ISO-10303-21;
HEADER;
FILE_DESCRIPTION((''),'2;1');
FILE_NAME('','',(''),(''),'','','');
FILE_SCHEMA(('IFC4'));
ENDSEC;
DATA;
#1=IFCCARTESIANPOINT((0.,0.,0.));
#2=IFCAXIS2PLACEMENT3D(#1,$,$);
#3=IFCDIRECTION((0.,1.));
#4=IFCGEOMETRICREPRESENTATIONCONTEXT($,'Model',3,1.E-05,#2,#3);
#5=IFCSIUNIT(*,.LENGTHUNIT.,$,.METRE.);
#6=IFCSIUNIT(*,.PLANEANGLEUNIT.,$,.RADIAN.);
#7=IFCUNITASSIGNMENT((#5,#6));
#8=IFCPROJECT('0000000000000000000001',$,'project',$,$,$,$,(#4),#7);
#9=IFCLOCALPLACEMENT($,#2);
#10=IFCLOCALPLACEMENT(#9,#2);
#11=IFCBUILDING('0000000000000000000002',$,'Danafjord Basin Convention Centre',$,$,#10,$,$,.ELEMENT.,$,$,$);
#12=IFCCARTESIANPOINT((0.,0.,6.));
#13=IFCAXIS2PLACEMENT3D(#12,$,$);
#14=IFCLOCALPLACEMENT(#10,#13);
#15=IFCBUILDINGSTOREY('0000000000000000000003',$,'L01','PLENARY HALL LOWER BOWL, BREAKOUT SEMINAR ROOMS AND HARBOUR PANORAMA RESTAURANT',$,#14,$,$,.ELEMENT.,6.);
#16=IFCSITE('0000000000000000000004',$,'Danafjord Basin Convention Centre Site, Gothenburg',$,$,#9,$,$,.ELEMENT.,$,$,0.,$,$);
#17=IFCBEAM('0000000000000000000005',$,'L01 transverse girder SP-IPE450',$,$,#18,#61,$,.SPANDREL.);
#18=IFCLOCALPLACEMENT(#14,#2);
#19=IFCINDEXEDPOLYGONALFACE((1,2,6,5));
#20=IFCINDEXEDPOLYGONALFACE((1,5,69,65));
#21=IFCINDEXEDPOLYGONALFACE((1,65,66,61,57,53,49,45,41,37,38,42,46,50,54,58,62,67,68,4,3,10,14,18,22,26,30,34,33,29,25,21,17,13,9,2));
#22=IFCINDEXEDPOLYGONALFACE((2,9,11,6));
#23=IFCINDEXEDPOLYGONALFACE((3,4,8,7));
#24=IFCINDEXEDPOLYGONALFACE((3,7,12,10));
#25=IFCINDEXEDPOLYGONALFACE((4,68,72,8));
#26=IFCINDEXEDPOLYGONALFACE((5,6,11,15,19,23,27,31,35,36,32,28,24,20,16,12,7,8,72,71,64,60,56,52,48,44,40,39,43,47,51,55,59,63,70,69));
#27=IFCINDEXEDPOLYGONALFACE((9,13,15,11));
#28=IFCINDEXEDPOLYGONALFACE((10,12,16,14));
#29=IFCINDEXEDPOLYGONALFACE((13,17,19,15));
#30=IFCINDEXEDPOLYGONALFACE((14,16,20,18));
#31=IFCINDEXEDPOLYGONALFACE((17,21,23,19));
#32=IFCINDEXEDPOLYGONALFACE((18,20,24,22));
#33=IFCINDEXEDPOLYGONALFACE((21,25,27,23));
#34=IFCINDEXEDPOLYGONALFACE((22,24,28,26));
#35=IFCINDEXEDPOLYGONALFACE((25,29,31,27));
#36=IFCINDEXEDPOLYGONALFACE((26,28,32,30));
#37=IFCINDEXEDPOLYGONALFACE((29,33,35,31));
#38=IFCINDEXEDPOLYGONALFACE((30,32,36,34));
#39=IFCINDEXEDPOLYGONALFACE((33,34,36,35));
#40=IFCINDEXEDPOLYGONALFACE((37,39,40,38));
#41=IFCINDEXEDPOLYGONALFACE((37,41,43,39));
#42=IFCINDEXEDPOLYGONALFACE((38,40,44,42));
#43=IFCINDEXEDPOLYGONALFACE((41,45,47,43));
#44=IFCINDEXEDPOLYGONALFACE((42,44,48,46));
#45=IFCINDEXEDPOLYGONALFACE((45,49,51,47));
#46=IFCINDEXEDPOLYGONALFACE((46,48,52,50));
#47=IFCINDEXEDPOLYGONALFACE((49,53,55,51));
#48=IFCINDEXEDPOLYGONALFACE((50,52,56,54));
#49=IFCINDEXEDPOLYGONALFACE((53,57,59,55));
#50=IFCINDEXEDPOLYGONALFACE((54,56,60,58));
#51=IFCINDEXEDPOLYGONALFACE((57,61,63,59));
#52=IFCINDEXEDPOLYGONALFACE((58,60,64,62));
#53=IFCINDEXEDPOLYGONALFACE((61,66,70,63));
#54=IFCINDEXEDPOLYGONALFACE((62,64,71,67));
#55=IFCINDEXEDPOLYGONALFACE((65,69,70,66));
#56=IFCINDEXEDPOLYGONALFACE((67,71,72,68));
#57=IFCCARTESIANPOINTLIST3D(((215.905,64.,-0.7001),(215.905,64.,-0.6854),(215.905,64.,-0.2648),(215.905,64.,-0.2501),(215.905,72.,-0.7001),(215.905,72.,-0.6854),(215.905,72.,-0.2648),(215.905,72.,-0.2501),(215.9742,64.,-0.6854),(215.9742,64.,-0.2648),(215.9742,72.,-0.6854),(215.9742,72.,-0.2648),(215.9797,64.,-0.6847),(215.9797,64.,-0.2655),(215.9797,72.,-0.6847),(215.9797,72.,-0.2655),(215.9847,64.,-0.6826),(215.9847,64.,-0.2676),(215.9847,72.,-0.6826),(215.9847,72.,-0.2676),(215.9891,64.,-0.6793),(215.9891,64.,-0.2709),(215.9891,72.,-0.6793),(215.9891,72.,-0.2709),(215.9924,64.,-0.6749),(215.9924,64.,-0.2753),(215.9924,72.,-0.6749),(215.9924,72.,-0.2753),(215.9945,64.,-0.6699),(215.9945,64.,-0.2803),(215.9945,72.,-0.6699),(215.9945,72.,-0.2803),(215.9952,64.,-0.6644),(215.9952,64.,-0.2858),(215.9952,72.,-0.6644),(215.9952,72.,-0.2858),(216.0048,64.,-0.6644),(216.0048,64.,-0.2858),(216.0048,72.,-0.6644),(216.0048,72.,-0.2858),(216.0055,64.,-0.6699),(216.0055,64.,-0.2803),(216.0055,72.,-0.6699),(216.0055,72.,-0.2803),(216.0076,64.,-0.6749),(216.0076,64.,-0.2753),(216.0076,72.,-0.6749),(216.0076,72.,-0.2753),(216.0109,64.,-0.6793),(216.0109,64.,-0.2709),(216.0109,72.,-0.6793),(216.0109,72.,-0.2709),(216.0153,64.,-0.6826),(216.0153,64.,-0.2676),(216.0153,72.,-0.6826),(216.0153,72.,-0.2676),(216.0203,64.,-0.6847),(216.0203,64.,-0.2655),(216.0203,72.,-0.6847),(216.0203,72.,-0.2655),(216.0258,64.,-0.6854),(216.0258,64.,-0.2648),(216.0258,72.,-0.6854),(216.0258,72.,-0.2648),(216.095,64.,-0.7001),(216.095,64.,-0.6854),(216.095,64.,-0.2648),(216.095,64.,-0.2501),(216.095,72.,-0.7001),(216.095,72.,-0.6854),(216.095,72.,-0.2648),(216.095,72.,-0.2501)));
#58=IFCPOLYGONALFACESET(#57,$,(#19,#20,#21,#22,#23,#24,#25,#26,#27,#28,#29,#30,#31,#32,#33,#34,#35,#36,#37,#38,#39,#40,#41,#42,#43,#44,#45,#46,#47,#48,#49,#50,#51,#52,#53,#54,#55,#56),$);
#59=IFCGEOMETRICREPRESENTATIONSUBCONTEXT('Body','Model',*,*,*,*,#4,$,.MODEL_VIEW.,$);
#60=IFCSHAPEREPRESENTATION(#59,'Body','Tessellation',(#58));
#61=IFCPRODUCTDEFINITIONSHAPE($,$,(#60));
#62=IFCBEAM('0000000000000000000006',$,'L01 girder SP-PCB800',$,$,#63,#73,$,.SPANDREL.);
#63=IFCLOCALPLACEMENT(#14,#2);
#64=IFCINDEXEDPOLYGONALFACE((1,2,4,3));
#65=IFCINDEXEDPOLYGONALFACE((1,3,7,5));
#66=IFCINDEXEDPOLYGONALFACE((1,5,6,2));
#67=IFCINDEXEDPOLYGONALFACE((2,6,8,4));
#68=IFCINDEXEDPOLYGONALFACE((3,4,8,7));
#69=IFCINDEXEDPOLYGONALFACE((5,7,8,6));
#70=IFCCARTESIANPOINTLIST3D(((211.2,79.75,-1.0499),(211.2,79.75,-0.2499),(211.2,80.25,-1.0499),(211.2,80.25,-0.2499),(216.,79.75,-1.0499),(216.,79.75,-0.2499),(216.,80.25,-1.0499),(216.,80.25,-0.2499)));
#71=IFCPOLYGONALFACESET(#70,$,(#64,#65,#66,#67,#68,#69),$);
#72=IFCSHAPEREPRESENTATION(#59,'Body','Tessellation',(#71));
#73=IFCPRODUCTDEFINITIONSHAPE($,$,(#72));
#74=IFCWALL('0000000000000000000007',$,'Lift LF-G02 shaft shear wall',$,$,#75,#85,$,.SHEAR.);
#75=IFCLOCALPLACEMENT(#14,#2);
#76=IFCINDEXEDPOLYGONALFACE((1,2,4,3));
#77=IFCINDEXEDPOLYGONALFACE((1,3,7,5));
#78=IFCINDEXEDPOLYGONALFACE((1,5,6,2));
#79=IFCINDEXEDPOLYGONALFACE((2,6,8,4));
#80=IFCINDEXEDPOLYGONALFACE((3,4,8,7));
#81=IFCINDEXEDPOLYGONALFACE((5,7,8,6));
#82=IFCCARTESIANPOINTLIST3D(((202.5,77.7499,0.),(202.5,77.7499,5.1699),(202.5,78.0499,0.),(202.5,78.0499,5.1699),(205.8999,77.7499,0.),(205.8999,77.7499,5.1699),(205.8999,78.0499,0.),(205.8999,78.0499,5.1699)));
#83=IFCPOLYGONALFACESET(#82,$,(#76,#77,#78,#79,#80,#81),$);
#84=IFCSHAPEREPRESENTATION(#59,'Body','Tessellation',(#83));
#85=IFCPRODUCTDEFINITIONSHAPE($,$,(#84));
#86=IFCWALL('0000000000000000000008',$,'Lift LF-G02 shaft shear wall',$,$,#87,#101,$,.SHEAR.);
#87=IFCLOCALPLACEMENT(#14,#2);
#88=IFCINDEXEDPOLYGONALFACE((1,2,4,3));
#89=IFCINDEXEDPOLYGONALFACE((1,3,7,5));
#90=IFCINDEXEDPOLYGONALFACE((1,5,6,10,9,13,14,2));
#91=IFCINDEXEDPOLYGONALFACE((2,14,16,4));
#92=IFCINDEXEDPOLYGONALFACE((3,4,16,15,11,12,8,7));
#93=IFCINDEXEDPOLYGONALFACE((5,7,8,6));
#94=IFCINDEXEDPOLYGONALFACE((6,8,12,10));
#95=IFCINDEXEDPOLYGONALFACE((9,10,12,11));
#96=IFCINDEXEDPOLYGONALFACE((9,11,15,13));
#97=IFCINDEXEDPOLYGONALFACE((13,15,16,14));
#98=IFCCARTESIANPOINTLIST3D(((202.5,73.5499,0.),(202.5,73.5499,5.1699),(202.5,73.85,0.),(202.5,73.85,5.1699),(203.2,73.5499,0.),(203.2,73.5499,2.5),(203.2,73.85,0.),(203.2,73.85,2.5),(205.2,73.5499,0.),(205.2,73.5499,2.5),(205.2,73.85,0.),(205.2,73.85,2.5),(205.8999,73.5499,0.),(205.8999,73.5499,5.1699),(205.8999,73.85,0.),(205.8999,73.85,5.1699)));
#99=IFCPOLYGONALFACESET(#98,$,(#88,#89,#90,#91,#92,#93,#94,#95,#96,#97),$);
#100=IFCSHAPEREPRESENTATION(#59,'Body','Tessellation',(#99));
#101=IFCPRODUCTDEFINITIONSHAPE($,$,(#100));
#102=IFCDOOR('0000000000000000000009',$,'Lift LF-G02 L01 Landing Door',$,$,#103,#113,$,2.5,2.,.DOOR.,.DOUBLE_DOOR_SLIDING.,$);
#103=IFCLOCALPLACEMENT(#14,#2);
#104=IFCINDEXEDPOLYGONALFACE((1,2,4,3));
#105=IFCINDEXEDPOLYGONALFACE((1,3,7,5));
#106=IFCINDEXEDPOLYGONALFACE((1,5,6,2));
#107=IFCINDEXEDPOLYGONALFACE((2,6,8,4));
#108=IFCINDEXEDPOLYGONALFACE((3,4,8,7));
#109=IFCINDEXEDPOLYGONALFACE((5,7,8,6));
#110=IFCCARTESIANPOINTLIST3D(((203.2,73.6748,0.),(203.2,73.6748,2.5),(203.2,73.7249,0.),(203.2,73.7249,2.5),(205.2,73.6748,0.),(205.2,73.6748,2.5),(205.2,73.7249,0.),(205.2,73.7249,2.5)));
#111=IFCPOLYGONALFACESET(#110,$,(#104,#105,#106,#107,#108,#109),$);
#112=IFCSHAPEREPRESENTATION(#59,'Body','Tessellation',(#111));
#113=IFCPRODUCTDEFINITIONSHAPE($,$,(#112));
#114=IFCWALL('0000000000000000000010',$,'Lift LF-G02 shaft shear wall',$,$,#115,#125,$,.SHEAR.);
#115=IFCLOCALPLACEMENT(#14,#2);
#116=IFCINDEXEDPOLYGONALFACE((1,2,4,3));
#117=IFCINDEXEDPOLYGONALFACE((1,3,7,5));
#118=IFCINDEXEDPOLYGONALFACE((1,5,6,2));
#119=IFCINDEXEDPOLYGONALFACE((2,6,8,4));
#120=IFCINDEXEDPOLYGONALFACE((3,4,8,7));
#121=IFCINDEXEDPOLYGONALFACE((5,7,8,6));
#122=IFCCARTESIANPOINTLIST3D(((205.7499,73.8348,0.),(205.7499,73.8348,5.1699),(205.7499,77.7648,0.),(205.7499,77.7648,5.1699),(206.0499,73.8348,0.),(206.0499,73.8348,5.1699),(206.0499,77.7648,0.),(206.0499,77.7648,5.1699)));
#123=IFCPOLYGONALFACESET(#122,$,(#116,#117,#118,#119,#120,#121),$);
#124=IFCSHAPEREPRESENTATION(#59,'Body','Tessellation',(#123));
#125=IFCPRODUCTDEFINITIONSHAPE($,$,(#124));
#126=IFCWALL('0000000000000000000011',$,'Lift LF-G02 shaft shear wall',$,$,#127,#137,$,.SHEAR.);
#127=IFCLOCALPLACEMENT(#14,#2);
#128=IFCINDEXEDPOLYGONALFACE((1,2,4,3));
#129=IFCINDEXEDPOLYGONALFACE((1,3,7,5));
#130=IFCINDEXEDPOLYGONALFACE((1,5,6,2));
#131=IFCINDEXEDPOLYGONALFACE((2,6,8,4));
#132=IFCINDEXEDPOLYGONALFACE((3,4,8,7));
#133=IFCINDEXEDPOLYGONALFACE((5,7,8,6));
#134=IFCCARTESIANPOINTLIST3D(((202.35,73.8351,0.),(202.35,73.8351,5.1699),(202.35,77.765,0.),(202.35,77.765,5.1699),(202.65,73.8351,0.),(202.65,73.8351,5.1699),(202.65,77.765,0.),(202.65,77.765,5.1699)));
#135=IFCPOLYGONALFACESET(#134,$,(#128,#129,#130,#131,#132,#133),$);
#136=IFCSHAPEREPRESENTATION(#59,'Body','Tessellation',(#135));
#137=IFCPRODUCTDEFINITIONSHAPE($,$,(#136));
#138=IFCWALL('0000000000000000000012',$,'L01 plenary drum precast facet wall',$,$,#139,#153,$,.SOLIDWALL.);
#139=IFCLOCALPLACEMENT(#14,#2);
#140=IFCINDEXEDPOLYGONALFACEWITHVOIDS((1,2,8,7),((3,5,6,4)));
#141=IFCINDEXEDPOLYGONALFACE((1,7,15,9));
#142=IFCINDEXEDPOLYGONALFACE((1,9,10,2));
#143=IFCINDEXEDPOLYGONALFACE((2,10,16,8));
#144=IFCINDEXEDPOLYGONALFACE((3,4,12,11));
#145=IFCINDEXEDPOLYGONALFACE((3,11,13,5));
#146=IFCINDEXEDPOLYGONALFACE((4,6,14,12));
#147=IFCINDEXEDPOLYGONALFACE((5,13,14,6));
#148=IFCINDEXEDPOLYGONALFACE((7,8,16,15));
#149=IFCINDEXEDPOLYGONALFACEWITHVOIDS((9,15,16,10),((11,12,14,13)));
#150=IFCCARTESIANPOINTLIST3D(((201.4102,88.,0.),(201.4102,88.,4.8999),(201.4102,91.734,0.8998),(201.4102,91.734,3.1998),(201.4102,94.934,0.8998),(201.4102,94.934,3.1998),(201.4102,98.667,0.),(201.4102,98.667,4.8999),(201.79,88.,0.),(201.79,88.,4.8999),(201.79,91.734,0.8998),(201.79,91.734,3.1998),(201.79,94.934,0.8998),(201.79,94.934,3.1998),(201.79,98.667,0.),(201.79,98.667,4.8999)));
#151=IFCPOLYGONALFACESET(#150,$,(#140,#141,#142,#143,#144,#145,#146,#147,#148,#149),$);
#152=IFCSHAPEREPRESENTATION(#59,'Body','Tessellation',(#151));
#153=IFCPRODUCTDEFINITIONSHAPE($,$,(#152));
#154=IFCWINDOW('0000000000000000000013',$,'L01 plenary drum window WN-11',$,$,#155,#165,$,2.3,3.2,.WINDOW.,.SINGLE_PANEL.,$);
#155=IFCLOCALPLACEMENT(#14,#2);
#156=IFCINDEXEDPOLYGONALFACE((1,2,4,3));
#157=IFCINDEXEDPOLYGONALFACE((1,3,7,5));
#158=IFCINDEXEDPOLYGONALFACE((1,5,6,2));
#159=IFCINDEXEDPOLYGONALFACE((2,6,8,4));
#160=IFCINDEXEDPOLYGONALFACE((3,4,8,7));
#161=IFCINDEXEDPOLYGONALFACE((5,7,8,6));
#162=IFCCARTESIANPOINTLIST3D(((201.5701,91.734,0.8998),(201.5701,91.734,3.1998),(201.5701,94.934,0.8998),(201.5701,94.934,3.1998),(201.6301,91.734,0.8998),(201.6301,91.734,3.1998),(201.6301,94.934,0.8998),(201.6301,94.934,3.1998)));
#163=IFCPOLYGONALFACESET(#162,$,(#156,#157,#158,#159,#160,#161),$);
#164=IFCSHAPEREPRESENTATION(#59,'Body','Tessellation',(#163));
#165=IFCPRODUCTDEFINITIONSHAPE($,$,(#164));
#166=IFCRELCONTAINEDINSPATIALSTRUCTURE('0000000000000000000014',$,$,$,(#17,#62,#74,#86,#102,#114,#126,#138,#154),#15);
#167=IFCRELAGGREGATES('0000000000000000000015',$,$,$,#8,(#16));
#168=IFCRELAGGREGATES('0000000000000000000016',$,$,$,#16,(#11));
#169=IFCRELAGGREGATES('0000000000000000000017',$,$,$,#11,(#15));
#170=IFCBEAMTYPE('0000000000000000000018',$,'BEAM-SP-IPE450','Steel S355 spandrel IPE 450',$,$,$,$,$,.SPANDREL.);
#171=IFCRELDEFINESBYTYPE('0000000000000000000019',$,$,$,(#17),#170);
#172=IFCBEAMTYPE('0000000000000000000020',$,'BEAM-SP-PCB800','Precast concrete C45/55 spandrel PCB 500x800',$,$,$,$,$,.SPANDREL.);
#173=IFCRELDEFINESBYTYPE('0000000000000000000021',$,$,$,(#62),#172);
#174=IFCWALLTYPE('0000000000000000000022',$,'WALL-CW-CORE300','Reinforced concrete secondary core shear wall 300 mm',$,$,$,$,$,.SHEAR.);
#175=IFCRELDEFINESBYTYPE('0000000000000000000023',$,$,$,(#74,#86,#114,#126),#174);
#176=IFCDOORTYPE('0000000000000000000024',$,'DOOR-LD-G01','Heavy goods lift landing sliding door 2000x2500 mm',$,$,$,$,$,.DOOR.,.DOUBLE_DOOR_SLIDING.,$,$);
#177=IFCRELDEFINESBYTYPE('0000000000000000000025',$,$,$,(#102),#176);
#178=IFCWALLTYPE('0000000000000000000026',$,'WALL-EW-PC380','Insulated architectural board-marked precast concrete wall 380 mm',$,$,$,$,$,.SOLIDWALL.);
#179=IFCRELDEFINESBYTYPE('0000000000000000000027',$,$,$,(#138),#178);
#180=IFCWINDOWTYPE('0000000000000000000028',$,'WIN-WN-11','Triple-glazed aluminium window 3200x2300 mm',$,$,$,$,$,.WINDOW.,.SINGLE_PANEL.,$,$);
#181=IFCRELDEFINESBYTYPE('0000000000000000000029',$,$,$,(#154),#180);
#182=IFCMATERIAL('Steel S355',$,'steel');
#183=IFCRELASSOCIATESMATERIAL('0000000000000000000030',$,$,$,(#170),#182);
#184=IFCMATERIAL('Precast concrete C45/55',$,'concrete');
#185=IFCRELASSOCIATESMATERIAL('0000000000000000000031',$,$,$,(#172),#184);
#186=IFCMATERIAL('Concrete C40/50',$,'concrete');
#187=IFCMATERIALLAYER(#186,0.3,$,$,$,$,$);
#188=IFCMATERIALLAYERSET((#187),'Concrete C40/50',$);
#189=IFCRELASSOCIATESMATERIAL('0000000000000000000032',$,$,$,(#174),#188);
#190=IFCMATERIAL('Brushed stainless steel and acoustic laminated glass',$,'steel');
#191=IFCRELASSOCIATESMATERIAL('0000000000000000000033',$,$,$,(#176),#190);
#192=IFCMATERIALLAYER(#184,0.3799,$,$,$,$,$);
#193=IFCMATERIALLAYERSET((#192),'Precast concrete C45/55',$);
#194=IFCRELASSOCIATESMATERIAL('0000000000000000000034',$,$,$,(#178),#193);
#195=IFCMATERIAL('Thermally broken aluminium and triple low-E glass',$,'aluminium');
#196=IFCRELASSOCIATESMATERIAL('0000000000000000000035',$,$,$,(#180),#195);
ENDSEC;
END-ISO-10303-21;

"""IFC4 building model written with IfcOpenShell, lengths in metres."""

from ifc_helpers import new_model, si_unit, direction, frame, frame_2d, origin, origin_2d, place, context, subcontext, project, spatial, rectangle, i_section, extrude, material, layer, layer_set, material_profile, profile_set, type_object, element, fill, save


model = new_model("IFC4")

# Units and contexts
model_context = context("Model", 3, precision=1e-05, world=origin(), true_north=direction((0.0, 1.0)))
body_context = subcontext(model_context, "Body", "Model", "MODEL_VIEW")
ifc_project = project(units=[si_unit("LENGTHUNIT", "METRE"), si_unit("PLANEANGLEUNIT", "RADIAN")], contexts=[model_context])

# Site, building, storey
site_placement = place(None, origin())
site = spatial("IfcSite", under=ifc_project, at=site_placement, Name="Danafjord Basin Convention Centre Site, Gothenburg", CompositionType="ELEMENT", RefElevation=0.0)
building_placement = place(site_placement, origin())
building = spatial("IfcBuilding", under=site, at=building_placement, Name="Danafjord Basin Convention Centre", CompositionType="ELEMENT")
storey_placement = place(building_placement, frame((0.0, 0.0, 6.0)))
storey = spatial("IfcBuildingStorey", under=building, at=storey_placement, Name="L01", Description="PLENARY HALL LOWER BOWL, BREAKOUT SEMINAR ROOMS AND HARBOUR PANORAMA RESTAURANT", CompositionType="ELEMENT", Elevation=6.0)

# Shared definitions
ifc_material_1 = material(Name="Steel S355", Category="steel")
ifc_material_2 = material(Name="Precast concrete C45/55", Category="concrete")

# Beams
ifc_material_profile_1 = material_profile(ifc_material_1, i_section(OverallWidth=0.1899, OverallDepth=0.45, WebThickness=0.0095, FlangeThickness=0.0146, FilletRadius=0.021, at=origin_2d()), Name="IPE 450")
ifc_profile_set_1 = profile_set([ifc_material_profile_1], Name="Steel S355")
beam_type_1 = type_object("IfcBeamType", Name="BEAM-SP-IPE450", Description="Steel S355 spandrel IPE 450", PredefinedType="SPANDREL", material=ifc_profile_set_1)
for number, where, z_axis, x_axis, name in (
    (1, (216.0, 64.0, -0.4751), (0.0, 1.0, 0.0), (-1.0, 0.0, 0.0), "L01 transverse girder SP-IPE450"),
):
    element("IfcBeam", number, at=place(storey_placement, frame(where, z_axis=z_axis, x_axis=x_axis)), inside=storey, type_object=beam_type_1, Name=name, PredefinedType="SPANDREL", context=body_context, shape_type="SweptSolid", body=[
        extrude(i_section(OverallWidth=0.1899, OverallDepth=0.45, WebThickness=0.0095, FlangeThickness=0.0146, FilletRadius=0.021, at=origin_2d()), origin(), (0.0, 0.0, 1.0), 8.0),
    ])
ifc_material_profile_2 = material_profile(ifc_material_2, rectangle(XDim=0.5, YDim=0.8, at=origin_2d()), Name="PCB 500x800")
ifc_profile_set_2 = profile_set([ifc_material_profile_2], Name="Precast concrete C45/55")
beam_type_2 = type_object("IfcBeamType", Name="BEAM-SP-PCB800", Description="Precast concrete C45/55 spandrel PCB 500x800", PredefinedType="SPANDREL", material=ifc_profile_set_2)
beam_1_placement = place(storey_placement, frame((211.2, 80.0, -0.6499), z_axis=(1.0, 0.0, 0.0), x_axis=(0.0, 1.0, 0.0)))
element("IfcBeam", 2, at=beam_1_placement, inside=storey, type_object=beam_type_2, Name="L01 girder SP-PCB800", PredefinedType="SPANDREL", context=body_context, shape_type="SweptSolid", body=[
    extrude(rectangle(XDim=0.5, YDim=0.8, at=origin_2d()), origin(), (0.0, 0.0, 1.0), 4.8),
])

# Wall
ifc_material_3 = material(Name="Concrete C40/50", Category="concrete")
ifc_layer_1 = layer(ifc_material_3, 0.3)
ifc_layer_set_1 = layer_set([ifc_layer_1], Name="Concrete C40/50")
wall_type_1 = type_object("IfcWallType", Name="WALL-CW-CORE300", Description="Reinforced concrete secondary core shear wall 300 mm", PredefinedType="SHEAR", material=ifc_layer_set_1)
wall_1_placement = place(storey_placement, frame((205.8999, 77.8999, 0.0), z_axis=(0.0, 0.0, 1.0), x_axis=(-1.0, 0.0, 0.0)))
element("IfcWall", 3, at=wall_1_placement, inside=storey, type_object=wall_type_1, Name="Lift LF-G02 shaft shear wall", PredefinedType="SHEAR", context=body_context, shape_type="SweptSolid", body=[
    extrude(rectangle(XDim=3.3999, YDim=0.3, at=frame_2d((1.7, 0.0))), origin(), (0.0, 0.0, 1.0), 5.1699),
])

# Wall, opening, door
wall_2_placement = place(storey_placement, frame((202.5, 73.7, 0.0), z_axis=(0.0, 0.0, 1.0), x_axis=(1.0, 0.0, 0.0)))
wall_2 = element("IfcWall", 4, at=wall_2_placement, inside=storey, type_object=wall_type_1, Name="Lift LF-G02 shaft shear wall", PredefinedType="SHEAR", context=body_context, shape_type="SweptSolid", body=[
    extrude(rectangle(XDim=3.3999, YDim=0.3, at=frame_2d((1.7, 0.0))), origin(), (0.0, 0.0, 1.0), 5.1699),
])
opening_1_placement = place(wall_2_placement, frame((0.7, 0.0, 0.0)))
opening_1 = element("IfcOpeningElement", 5, at=opening_1_placement, cuts=wall_2, PredefinedType="OPENING", context=body_context, shape_type="SweptSolid", body=[
    extrude(rectangle(XDim=2.0, YDim=2.5, at=frame_2d((1.0, 1.25))), frame((0.0, 0.1599, 0.0), z_axis=(0.0, -1.0, 0.0), x_axis=(1.0, 0.0, 0.0)), (0.0, 0.0, 1.0), 0.3201),
])
ifc_material_4 = material(Name="Brushed stainless steel and acoustic laminated glass", Category="steel")
door_type = type_object("IfcDoorType", Name="DOOR-LD-G01", Description="Heavy goods lift landing sliding door 2000x2500 mm", OperationType="DOUBLE_DOOR_SLIDING", PredefinedType="DOOR", material=ifc_material_4)
door_placement = place(opening_1_placement, origin())
door = element("IfcDoor", 6, at=door_placement, inside=storey, type_object=door_type, Name="Lift LF-G02 L01 Landing Door", OperationType="DOUBLE_DOOR_SLIDING", OverallHeight=2.5, OverallWidth=2.0, PredefinedType="DOOR", context=body_context, shape_type="SweptSolid", body=[
    extrude(rectangle(XDim=2.0, YDim=2.5, at=frame_2d((1.0, 1.25))), frame((0.0, 0.0249, 0.0), z_axis=(0.0, -1.0, 0.0), x_axis=(1.0, 0.0, 0.0)), (0.0, 0.0, 1.0), 0.05),
])
fill(opening_1, door)

# Walls
for number, where, z_axis, x_axis, name in (
    (7, (205.8999, 73.835, 0.0), (0.0, 0.0, 1.0), (0.0, 1.0, 0.0), "Lift LF-G02 shaft shear wall"),
    (8, (202.5, 77.7649, 0.0), (0.0, 0.0, 1.0), (0.0, -1.0, 0.0), "Lift LF-G02 shaft shear wall"),
):
    element("IfcWall", number, at=place(storey_placement, frame(where, z_axis=z_axis, x_axis=x_axis)), inside=storey, type_object=wall_type_1, Name=name, PredefinedType="SHEAR", context=body_context, shape_type="SweptSolid", body=[
        extrude(rectangle(XDim=3.9299, YDim=0.3, at=frame_2d((1.9648, 0.0))), origin(), (0.0, 0.0, 1.0), 5.1699),
    ])

# Wall, opening, window
ifc_layer_2 = layer(ifc_material_2, 0.3799)
ifc_layer_set_2 = layer_set([ifc_layer_2], Name="Precast concrete C45/55")
wall_type_2 = type_object("IfcWallType", Name="WALL-EW-PC380", Description="Insulated architectural board-marked precast concrete wall 380 mm", PredefinedType="SOLIDWALL", material=ifc_layer_set_2)
wall_3_placement = place(storey_placement, frame((201.6001, 88.0, 0.0), z_axis=(0.0, 0.0, 1.0), x_axis=(0.0, 1.0, 0.0)))
wall_3 = element("IfcWall", 9, at=wall_3_placement, inside=storey, type_object=wall_type_2, Name="L01 plenary drum precast facet wall", PredefinedType="SOLIDWALL", context=body_context, shape_type="SweptSolid", body=[
    extrude(rectangle(XDim=10.667, YDim=0.3799, at=frame_2d((5.3335, 0.0))), origin(), (0.0, 0.0, 1.0), 4.8999),
])
opening_2_placement = place(wall_3_placement, frame((3.7339, 0.0, 0.8999)))
opening_2 = element("IfcOpeningElement", 10, at=opening_2_placement, cuts=wall_3, PredefinedType="OPENING", context=body_context, shape_type="SweptSolid", body=[
    extrude(rectangle(XDim=3.2, YDim=2.3, at=frame_2d((1.6001, 1.1499))), frame((0.0, 0.2, 0.0), z_axis=(0.0, -1.0, 0.0), x_axis=(1.0, 0.0, 0.0)), (0.0, 0.0, 1.0), 0.3999),
])
ifc_material_5 = material(Name="Thermally broken aluminium and triple low-E glass", Category="aluminium")
window_type = type_object("IfcWindowType", Name="WIN-WN-11", Description="Triple-glazed aluminium window 3200x2300 mm", PartitioningType="SINGLE_PANEL", PredefinedType="WINDOW", material=ifc_material_5)
window_placement = place(opening_2_placement, origin())
window = element("IfcWindow", 11, at=window_placement, inside=storey, type_object=window_type, Name="L01 plenary drum window WN-11", OverallHeight=2.3, OverallWidth=3.2, PartitioningType="SINGLE_PANEL", PredefinedType="WINDOW", context=body_context, shape_type="SweptSolid", body=[
    extrude(rectangle(XDim=3.2, YDim=2.3, at=frame_2d((1.6001, 1.1499))), frame((0.0, 0.03, 0.0), z_axis=(0.0, -1.0, 0.0), x_axis=(1.0, 0.0, 0.0)), (0.0, 0.0, 1.0), 0.0601),
])
fill(opening_2, window)

save(model, "model.ifc")
